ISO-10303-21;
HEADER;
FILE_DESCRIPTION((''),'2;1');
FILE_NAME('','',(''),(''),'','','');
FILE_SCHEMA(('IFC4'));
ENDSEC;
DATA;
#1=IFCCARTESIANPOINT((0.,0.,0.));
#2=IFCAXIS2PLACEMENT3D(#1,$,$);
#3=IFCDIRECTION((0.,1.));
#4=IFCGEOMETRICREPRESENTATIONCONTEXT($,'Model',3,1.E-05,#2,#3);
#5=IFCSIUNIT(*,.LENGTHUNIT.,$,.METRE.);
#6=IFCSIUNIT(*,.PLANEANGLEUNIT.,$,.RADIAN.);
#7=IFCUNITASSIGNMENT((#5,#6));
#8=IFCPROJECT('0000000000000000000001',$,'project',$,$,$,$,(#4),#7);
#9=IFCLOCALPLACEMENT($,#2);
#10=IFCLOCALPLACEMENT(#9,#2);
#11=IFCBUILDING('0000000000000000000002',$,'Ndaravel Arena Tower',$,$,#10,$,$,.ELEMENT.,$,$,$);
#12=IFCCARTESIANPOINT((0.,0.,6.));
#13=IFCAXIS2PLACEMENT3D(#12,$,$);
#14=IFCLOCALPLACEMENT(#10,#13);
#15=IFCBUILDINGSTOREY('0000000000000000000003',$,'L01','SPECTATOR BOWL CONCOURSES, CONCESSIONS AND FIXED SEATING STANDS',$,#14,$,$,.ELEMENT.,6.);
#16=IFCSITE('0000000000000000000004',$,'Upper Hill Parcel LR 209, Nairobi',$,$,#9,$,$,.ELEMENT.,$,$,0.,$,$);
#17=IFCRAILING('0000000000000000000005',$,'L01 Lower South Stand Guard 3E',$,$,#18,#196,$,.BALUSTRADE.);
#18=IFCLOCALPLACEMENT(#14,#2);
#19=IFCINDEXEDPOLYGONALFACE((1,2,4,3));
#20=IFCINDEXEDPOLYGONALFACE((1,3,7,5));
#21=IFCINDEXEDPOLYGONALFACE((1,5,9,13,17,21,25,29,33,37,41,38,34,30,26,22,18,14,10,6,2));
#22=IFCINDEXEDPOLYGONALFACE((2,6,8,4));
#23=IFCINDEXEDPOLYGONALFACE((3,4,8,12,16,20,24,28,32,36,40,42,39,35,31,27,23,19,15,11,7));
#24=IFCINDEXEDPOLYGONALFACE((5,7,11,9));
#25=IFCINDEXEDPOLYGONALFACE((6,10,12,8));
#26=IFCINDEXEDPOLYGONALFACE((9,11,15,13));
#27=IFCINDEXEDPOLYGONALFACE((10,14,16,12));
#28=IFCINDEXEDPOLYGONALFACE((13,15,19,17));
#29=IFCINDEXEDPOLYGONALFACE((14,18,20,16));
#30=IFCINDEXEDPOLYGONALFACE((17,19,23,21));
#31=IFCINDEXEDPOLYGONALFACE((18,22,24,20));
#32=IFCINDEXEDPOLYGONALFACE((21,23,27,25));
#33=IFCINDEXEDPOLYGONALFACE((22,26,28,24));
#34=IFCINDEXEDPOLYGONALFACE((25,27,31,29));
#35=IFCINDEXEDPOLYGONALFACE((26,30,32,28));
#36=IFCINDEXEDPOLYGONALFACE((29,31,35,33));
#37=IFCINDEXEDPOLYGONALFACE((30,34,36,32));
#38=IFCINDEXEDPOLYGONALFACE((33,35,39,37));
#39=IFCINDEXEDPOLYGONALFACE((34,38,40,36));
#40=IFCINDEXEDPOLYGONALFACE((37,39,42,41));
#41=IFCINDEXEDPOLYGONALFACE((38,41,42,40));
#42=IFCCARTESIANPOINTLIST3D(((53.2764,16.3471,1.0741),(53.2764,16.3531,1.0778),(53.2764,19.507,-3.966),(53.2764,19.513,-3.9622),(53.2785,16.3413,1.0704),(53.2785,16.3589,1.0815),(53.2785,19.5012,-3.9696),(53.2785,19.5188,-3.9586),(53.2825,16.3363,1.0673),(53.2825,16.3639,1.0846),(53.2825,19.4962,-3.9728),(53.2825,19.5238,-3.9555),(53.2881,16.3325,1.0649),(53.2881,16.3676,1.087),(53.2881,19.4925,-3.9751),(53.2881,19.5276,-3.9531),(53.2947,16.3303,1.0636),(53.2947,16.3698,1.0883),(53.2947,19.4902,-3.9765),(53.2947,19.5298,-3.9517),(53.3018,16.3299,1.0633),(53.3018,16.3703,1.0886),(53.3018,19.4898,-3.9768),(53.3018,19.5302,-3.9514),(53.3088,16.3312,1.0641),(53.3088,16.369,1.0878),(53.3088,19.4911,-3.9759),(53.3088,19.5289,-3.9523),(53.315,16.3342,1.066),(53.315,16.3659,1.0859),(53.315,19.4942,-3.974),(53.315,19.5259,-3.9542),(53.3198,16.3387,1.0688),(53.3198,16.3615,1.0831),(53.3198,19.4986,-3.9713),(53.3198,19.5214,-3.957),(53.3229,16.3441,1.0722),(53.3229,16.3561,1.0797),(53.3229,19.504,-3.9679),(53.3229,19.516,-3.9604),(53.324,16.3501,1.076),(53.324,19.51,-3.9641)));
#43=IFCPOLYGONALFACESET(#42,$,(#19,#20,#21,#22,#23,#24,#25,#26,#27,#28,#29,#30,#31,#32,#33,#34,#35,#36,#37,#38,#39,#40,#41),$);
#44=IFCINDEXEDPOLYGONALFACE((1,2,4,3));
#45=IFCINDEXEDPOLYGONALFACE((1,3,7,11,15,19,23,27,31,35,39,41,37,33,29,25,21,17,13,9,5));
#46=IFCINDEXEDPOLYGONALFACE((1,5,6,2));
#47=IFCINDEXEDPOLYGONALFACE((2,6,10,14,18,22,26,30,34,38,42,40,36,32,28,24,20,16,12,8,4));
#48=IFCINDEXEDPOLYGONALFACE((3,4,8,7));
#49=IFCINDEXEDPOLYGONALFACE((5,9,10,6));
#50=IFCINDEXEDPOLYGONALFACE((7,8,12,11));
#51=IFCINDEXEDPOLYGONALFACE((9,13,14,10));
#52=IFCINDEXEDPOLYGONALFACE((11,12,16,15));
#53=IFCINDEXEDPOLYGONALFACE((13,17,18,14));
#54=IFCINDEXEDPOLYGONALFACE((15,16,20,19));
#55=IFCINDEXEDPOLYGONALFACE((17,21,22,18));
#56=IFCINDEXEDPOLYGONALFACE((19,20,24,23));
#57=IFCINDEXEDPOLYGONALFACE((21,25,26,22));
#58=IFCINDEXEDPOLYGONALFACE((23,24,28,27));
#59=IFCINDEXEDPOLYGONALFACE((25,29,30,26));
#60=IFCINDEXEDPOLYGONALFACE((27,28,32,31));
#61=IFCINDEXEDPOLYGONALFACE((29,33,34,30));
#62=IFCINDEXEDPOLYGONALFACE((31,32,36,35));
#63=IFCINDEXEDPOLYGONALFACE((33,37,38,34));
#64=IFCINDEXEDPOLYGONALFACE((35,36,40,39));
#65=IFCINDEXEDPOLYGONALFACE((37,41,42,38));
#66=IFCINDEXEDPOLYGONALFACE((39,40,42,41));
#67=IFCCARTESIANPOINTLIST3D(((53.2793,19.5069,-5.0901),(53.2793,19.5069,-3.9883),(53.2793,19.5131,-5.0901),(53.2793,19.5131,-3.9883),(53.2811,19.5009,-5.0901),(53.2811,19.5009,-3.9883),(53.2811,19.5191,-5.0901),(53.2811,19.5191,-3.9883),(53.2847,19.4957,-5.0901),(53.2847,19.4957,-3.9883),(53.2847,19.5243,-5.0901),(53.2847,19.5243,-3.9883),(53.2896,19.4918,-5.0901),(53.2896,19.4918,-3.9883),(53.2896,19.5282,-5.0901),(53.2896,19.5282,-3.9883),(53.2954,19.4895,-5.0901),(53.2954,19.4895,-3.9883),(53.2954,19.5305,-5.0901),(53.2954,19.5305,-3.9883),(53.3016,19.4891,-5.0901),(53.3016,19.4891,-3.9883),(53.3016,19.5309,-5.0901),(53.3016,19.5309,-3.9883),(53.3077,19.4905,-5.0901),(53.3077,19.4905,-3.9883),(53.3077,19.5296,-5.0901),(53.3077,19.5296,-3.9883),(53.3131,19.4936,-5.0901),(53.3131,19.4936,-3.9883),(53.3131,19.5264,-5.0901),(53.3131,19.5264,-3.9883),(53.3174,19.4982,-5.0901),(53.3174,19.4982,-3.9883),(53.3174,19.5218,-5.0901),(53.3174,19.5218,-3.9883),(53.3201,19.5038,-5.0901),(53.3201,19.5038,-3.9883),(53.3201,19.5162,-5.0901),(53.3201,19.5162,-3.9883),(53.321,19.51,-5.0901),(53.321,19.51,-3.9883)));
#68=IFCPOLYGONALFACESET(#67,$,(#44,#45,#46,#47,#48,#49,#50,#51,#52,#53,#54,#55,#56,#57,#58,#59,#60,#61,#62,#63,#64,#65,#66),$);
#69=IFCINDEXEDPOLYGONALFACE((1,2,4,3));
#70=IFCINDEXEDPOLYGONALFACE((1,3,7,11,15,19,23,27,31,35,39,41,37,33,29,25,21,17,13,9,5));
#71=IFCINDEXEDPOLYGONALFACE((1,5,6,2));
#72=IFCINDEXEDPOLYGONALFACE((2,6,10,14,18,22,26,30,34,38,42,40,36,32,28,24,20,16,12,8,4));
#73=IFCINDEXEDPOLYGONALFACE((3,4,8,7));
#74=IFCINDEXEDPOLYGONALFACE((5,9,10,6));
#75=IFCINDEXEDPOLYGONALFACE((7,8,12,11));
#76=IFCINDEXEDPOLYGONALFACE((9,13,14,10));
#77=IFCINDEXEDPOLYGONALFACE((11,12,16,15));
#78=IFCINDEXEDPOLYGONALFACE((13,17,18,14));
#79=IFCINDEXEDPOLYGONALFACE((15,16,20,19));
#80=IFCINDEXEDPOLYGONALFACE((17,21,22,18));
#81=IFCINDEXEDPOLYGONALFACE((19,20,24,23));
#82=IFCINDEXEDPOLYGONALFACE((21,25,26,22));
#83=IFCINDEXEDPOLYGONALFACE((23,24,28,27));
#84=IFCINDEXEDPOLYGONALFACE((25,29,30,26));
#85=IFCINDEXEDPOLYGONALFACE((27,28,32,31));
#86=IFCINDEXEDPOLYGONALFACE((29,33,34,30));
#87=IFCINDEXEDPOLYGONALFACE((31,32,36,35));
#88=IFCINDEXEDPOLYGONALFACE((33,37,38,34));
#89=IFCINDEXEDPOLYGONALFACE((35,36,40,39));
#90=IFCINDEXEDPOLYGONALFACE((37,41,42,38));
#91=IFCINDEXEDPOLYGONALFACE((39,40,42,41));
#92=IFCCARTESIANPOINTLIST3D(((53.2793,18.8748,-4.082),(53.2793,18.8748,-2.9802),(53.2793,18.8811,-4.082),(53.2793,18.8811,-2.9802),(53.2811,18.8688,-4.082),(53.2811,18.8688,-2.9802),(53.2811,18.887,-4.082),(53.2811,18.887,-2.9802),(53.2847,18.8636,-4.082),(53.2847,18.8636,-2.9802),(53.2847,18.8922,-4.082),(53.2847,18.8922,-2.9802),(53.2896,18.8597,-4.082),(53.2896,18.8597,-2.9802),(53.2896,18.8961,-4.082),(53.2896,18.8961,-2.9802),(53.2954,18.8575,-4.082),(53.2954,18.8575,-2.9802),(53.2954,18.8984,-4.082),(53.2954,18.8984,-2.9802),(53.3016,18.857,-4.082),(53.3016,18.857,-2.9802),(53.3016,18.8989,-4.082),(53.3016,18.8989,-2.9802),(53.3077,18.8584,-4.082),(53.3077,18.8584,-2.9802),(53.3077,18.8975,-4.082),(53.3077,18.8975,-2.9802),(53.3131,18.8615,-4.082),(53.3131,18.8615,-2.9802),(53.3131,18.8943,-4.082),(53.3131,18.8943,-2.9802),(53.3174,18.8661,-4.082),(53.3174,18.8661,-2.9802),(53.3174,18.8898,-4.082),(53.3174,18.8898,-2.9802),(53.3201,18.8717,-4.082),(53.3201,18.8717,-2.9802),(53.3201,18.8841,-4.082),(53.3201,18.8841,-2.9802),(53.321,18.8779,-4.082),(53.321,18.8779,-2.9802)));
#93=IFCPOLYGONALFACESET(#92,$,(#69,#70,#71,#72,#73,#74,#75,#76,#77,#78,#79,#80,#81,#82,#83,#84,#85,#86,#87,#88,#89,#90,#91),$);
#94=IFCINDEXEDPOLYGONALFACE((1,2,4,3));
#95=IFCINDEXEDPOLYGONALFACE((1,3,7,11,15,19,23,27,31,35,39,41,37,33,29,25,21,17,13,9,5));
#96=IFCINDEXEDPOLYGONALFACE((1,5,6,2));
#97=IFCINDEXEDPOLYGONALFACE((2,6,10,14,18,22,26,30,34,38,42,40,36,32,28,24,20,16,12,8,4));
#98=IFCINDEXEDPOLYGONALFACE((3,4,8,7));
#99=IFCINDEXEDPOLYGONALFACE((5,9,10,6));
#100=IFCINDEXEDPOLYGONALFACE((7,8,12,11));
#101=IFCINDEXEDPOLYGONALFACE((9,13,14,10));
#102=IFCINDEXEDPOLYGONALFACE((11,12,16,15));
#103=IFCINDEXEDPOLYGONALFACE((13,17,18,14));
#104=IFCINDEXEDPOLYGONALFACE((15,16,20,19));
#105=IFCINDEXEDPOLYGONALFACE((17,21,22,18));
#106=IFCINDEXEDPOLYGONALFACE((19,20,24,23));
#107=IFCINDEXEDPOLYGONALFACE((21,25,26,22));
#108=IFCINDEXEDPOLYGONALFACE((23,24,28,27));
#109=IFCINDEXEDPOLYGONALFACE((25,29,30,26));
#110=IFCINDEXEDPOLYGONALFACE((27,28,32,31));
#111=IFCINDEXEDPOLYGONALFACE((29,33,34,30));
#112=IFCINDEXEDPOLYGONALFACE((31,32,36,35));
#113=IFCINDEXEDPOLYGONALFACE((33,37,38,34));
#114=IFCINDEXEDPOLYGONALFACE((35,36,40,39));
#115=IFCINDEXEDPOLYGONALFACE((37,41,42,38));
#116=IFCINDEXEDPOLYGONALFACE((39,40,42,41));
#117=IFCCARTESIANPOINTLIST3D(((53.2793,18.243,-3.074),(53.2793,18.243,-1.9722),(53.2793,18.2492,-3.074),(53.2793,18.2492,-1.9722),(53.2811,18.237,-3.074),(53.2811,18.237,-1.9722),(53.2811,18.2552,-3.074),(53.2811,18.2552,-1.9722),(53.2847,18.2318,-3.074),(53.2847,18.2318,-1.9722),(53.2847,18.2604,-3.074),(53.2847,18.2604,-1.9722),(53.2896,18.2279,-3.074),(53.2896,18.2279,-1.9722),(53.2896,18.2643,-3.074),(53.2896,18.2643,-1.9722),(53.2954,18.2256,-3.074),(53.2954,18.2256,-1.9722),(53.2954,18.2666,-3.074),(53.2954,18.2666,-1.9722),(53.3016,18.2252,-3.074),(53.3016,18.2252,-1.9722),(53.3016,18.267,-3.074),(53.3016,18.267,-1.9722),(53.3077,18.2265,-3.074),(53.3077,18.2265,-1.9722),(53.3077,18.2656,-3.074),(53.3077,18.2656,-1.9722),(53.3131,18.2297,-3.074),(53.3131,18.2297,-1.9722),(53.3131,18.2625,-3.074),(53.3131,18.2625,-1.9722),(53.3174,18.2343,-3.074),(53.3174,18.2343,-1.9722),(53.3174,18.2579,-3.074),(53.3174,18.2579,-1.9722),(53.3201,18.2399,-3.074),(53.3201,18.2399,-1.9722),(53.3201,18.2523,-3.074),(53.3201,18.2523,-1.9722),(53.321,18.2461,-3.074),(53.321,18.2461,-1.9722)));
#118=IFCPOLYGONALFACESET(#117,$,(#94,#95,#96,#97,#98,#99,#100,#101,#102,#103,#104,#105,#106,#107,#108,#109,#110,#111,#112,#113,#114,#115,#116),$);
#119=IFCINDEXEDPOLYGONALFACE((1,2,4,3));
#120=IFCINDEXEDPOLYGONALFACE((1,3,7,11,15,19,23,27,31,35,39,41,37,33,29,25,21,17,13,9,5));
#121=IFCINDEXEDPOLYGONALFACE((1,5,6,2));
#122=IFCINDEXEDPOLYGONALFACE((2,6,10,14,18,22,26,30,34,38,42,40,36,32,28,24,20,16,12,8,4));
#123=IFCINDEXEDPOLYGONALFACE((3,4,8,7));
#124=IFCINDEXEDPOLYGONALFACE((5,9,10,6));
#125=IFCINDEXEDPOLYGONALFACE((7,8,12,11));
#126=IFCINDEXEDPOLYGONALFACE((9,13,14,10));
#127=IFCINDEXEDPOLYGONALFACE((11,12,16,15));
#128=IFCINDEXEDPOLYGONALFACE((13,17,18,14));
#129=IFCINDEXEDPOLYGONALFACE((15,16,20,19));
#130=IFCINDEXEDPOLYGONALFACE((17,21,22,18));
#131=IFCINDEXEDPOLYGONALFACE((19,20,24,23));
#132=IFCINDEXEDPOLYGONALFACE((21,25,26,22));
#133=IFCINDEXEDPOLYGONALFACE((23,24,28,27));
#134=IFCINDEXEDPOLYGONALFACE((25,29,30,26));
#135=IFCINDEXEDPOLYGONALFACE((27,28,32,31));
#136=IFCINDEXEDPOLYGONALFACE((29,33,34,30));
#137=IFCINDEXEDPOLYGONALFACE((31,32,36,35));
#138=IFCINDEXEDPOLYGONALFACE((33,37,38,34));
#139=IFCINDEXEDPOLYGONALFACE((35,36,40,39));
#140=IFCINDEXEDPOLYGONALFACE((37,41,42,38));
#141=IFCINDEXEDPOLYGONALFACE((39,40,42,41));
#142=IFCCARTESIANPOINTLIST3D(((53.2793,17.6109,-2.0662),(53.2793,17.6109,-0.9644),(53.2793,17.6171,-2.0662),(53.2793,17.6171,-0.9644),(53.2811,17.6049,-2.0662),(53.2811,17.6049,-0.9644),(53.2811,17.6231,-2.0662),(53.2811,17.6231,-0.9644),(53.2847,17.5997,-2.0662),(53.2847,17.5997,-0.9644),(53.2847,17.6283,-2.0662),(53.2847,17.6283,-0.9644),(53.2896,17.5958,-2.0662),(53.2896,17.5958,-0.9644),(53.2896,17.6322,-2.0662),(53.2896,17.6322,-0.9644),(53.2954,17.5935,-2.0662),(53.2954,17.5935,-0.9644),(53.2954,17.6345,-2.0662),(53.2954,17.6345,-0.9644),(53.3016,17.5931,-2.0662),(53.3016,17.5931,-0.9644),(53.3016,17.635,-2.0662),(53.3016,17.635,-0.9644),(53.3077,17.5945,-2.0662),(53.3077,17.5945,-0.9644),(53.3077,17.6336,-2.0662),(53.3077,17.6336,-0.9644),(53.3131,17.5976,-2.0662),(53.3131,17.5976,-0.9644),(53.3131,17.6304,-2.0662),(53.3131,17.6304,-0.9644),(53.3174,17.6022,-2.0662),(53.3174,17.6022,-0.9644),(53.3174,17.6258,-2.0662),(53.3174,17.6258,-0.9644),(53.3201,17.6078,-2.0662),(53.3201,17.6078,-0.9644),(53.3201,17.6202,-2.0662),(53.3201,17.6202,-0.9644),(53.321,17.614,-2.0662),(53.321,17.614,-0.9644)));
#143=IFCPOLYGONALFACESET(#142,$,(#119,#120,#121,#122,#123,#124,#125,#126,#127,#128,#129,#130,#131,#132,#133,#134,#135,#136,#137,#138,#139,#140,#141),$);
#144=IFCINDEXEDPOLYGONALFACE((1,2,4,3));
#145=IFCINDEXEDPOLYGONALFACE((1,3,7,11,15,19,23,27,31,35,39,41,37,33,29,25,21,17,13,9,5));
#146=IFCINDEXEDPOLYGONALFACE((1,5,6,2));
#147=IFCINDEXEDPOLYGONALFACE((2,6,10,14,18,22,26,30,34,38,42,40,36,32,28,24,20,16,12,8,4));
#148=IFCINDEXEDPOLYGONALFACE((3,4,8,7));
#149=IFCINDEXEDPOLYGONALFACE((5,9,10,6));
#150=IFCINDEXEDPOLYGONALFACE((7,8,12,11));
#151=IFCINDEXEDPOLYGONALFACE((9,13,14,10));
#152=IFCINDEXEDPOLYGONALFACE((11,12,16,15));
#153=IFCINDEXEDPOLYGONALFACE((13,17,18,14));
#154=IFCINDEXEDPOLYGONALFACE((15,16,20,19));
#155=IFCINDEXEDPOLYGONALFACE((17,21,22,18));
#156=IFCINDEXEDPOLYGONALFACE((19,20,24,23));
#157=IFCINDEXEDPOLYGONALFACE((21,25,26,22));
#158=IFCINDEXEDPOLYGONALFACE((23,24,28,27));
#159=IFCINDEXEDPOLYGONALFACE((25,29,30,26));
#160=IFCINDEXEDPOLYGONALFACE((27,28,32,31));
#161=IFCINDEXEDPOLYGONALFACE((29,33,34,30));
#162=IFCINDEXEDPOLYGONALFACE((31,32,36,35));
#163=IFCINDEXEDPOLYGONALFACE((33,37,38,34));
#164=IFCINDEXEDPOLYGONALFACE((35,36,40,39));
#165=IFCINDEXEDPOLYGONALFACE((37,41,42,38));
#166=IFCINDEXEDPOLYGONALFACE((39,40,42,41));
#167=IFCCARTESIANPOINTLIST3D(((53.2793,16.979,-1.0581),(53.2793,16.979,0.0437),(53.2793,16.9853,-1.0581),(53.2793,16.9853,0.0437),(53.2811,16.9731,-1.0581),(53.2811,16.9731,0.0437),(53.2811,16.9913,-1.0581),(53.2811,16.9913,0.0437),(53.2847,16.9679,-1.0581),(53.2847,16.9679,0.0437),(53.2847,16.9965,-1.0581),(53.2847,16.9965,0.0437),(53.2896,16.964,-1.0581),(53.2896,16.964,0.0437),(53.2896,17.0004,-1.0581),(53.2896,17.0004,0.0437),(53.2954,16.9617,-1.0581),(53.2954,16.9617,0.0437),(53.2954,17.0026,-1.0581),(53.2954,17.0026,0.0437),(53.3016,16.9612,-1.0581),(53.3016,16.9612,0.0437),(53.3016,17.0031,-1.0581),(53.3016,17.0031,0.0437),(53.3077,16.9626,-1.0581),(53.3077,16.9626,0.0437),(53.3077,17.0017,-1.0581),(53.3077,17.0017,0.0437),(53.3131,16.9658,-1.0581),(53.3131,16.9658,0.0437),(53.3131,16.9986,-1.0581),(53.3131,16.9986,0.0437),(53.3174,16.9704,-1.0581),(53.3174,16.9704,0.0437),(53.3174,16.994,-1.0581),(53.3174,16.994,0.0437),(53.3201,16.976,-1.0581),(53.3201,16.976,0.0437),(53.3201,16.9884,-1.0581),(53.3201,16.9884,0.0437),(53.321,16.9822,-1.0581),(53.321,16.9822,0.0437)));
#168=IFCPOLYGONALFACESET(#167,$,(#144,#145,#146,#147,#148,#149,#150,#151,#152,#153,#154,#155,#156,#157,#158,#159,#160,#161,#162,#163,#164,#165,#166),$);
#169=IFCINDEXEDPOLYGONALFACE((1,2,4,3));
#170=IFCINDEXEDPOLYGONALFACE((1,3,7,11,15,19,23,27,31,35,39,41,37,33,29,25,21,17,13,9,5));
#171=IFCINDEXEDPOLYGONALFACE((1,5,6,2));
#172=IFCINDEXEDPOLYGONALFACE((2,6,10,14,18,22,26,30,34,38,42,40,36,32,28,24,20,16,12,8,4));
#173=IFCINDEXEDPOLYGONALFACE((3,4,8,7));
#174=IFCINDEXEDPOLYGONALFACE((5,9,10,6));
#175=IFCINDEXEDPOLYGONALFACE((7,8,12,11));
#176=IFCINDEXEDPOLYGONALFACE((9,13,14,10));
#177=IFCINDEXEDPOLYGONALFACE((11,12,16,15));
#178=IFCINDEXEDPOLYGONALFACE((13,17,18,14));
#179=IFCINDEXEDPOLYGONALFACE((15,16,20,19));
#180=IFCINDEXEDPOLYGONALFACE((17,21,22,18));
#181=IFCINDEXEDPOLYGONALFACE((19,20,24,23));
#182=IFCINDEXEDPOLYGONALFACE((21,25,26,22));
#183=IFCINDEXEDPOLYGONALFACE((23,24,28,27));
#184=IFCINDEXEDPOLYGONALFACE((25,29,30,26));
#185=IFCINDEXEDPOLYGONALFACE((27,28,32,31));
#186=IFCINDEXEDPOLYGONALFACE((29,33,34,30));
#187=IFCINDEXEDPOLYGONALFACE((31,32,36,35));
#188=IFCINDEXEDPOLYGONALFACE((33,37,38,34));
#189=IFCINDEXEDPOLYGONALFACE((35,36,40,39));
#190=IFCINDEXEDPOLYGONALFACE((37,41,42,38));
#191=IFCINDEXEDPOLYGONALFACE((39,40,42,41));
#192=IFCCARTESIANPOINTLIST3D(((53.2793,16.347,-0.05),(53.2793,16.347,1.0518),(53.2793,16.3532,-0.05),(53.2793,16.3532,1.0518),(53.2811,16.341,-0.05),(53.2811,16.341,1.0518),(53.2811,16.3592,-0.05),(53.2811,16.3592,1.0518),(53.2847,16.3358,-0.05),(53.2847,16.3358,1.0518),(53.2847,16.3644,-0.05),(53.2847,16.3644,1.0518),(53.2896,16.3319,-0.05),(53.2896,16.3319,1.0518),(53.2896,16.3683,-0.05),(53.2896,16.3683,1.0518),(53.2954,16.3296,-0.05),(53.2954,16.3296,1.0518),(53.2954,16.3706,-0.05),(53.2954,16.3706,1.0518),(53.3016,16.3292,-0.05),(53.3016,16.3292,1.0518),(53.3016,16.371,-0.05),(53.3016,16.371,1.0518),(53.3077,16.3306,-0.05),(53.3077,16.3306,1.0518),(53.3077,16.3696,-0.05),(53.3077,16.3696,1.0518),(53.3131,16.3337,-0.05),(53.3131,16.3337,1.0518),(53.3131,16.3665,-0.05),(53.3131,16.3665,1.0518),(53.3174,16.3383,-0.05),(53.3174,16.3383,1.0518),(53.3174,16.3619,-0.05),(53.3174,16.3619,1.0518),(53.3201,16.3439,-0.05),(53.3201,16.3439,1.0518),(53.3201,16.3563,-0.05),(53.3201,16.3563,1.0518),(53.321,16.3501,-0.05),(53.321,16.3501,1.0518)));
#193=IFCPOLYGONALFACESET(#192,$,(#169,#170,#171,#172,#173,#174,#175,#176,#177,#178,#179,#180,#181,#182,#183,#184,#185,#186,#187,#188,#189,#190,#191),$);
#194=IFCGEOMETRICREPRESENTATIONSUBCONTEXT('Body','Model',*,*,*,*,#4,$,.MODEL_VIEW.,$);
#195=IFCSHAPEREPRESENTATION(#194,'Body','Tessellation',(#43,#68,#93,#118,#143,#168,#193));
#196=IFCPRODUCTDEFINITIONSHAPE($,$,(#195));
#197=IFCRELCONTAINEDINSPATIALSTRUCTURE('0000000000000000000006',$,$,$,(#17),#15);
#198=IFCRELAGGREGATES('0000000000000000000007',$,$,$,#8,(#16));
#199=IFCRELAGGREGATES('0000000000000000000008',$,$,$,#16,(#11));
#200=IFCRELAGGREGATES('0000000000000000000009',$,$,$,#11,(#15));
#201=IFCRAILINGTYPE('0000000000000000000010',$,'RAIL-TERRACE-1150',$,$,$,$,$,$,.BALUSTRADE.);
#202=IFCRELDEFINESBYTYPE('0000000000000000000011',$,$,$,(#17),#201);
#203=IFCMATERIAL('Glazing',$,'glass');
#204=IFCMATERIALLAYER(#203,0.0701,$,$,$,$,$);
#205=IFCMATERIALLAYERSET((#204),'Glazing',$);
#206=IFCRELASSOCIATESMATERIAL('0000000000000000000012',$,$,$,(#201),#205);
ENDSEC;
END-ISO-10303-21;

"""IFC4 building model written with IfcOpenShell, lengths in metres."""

from ifc_helpers import new_model, si_unit, direction, frame, origin, origin_2d, place, context, subcontext, project, spatial, circle, extrude, material, layer, layer_set, type_object, element, save


model = new_model("IFC4")

# Units and contexts
model_context = context("Model", 3, precision=1e-05, world=origin(), true_north=direction((0.0, 1.0)))
body_context = subcontext(model_context, "Body", "Model", "MODEL_VIEW")
ifc_project = project(units=[si_unit("LENGTHUNIT", "METRE"), si_unit("PLANEANGLEUNIT", "RADIAN")], contexts=[model_context])

# Site, building, storey
site_placement = place(None, origin())
site = spatial("IfcSite", under=ifc_project, at=site_placement, Name="Upper Hill Parcel LR 209, Nairobi", CompositionType="ELEMENT", RefElevation=0.0)
building_placement = place(site_placement, origin())
building = spatial("IfcBuilding", under=site, at=building_placement, Name="Ndaravel Arena Tower", CompositionType="ELEMENT")
storey_placement = place(building_placement, frame((0.0, 0.0, 6.0)))
storey = spatial("IfcBuildingStorey", under=building, at=storey_placement, Name="L01", Description="SPECTATOR BOWL CONCOURSES, CONCESSIONS AND FIXED SEATING STANDS", CompositionType="ELEMENT", Elevation=6.0)

# Railing
ifc_material_1 = material(Name="Glazing", Category="glass")
ifc_layer_1 = layer(ifc_material_1, 0.0701)
ifc_layer_set_1 = layer_set([ifc_layer_1], Name="Glazing")
railing_type_1 = type_object("IfcRailingType", Name="RAIL-TERRACE-1150", PredefinedType="BALUSTRADE", material=ifc_layer_set_1)
railing_1_placement = place(storey_placement, frame((53.3, 19.51, -5.0901)))
element("IfcRailing", 1, at=railing_1_placement, inside=storey, type_object=railing_type_1, Name="L01 Lower South Stand Guard 3E", PredefinedType="BALUSTRADE", context=body_context, shape_type="SweptSolid", body=[
    extrude(circle(Radius=0.0239, at=origin_2d()), frame((0.0, 0.0, 1.126), z_axis=(0.0, -0.531194, 0.84725), x_axis=(1.0, 0.0, 0.0)), (0.0, 0.0, 1.0), 5.9487),
    extrude(circle(Radius=0.021, at=origin_2d()), origin(), (0.0, 0.0, 1.0), 1.1018),
    extrude(circle(Radius=0.021, at=origin_2d()), frame((0.0, -0.6321, 1.0081)), (0.0, 0.0, 1.0), 1.1018),
    extrude(circle(Radius=0.021, at=origin_2d()), frame((0.0, -1.2639, 2.0161)), (0.0, 0.0, 1.0), 1.1018),
    extrude(circle(Radius=0.021, at=origin_2d()), frame((0.0, -1.896, 3.0239)), (0.0, 0.0, 1.0), 1.1018),
    extrude(circle(Radius=0.021, at=origin_2d()), frame((0.0, -2.5278, 4.032)), (0.0, 0.0, 1.0), 1.1018),
    extrude(circle(Radius=0.021, at=origin_2d()), frame((0.0, -3.1599, 5.04)), (0.0, 0.0, 1.0), 1.1018),
])

save(model, "model.ifc")
